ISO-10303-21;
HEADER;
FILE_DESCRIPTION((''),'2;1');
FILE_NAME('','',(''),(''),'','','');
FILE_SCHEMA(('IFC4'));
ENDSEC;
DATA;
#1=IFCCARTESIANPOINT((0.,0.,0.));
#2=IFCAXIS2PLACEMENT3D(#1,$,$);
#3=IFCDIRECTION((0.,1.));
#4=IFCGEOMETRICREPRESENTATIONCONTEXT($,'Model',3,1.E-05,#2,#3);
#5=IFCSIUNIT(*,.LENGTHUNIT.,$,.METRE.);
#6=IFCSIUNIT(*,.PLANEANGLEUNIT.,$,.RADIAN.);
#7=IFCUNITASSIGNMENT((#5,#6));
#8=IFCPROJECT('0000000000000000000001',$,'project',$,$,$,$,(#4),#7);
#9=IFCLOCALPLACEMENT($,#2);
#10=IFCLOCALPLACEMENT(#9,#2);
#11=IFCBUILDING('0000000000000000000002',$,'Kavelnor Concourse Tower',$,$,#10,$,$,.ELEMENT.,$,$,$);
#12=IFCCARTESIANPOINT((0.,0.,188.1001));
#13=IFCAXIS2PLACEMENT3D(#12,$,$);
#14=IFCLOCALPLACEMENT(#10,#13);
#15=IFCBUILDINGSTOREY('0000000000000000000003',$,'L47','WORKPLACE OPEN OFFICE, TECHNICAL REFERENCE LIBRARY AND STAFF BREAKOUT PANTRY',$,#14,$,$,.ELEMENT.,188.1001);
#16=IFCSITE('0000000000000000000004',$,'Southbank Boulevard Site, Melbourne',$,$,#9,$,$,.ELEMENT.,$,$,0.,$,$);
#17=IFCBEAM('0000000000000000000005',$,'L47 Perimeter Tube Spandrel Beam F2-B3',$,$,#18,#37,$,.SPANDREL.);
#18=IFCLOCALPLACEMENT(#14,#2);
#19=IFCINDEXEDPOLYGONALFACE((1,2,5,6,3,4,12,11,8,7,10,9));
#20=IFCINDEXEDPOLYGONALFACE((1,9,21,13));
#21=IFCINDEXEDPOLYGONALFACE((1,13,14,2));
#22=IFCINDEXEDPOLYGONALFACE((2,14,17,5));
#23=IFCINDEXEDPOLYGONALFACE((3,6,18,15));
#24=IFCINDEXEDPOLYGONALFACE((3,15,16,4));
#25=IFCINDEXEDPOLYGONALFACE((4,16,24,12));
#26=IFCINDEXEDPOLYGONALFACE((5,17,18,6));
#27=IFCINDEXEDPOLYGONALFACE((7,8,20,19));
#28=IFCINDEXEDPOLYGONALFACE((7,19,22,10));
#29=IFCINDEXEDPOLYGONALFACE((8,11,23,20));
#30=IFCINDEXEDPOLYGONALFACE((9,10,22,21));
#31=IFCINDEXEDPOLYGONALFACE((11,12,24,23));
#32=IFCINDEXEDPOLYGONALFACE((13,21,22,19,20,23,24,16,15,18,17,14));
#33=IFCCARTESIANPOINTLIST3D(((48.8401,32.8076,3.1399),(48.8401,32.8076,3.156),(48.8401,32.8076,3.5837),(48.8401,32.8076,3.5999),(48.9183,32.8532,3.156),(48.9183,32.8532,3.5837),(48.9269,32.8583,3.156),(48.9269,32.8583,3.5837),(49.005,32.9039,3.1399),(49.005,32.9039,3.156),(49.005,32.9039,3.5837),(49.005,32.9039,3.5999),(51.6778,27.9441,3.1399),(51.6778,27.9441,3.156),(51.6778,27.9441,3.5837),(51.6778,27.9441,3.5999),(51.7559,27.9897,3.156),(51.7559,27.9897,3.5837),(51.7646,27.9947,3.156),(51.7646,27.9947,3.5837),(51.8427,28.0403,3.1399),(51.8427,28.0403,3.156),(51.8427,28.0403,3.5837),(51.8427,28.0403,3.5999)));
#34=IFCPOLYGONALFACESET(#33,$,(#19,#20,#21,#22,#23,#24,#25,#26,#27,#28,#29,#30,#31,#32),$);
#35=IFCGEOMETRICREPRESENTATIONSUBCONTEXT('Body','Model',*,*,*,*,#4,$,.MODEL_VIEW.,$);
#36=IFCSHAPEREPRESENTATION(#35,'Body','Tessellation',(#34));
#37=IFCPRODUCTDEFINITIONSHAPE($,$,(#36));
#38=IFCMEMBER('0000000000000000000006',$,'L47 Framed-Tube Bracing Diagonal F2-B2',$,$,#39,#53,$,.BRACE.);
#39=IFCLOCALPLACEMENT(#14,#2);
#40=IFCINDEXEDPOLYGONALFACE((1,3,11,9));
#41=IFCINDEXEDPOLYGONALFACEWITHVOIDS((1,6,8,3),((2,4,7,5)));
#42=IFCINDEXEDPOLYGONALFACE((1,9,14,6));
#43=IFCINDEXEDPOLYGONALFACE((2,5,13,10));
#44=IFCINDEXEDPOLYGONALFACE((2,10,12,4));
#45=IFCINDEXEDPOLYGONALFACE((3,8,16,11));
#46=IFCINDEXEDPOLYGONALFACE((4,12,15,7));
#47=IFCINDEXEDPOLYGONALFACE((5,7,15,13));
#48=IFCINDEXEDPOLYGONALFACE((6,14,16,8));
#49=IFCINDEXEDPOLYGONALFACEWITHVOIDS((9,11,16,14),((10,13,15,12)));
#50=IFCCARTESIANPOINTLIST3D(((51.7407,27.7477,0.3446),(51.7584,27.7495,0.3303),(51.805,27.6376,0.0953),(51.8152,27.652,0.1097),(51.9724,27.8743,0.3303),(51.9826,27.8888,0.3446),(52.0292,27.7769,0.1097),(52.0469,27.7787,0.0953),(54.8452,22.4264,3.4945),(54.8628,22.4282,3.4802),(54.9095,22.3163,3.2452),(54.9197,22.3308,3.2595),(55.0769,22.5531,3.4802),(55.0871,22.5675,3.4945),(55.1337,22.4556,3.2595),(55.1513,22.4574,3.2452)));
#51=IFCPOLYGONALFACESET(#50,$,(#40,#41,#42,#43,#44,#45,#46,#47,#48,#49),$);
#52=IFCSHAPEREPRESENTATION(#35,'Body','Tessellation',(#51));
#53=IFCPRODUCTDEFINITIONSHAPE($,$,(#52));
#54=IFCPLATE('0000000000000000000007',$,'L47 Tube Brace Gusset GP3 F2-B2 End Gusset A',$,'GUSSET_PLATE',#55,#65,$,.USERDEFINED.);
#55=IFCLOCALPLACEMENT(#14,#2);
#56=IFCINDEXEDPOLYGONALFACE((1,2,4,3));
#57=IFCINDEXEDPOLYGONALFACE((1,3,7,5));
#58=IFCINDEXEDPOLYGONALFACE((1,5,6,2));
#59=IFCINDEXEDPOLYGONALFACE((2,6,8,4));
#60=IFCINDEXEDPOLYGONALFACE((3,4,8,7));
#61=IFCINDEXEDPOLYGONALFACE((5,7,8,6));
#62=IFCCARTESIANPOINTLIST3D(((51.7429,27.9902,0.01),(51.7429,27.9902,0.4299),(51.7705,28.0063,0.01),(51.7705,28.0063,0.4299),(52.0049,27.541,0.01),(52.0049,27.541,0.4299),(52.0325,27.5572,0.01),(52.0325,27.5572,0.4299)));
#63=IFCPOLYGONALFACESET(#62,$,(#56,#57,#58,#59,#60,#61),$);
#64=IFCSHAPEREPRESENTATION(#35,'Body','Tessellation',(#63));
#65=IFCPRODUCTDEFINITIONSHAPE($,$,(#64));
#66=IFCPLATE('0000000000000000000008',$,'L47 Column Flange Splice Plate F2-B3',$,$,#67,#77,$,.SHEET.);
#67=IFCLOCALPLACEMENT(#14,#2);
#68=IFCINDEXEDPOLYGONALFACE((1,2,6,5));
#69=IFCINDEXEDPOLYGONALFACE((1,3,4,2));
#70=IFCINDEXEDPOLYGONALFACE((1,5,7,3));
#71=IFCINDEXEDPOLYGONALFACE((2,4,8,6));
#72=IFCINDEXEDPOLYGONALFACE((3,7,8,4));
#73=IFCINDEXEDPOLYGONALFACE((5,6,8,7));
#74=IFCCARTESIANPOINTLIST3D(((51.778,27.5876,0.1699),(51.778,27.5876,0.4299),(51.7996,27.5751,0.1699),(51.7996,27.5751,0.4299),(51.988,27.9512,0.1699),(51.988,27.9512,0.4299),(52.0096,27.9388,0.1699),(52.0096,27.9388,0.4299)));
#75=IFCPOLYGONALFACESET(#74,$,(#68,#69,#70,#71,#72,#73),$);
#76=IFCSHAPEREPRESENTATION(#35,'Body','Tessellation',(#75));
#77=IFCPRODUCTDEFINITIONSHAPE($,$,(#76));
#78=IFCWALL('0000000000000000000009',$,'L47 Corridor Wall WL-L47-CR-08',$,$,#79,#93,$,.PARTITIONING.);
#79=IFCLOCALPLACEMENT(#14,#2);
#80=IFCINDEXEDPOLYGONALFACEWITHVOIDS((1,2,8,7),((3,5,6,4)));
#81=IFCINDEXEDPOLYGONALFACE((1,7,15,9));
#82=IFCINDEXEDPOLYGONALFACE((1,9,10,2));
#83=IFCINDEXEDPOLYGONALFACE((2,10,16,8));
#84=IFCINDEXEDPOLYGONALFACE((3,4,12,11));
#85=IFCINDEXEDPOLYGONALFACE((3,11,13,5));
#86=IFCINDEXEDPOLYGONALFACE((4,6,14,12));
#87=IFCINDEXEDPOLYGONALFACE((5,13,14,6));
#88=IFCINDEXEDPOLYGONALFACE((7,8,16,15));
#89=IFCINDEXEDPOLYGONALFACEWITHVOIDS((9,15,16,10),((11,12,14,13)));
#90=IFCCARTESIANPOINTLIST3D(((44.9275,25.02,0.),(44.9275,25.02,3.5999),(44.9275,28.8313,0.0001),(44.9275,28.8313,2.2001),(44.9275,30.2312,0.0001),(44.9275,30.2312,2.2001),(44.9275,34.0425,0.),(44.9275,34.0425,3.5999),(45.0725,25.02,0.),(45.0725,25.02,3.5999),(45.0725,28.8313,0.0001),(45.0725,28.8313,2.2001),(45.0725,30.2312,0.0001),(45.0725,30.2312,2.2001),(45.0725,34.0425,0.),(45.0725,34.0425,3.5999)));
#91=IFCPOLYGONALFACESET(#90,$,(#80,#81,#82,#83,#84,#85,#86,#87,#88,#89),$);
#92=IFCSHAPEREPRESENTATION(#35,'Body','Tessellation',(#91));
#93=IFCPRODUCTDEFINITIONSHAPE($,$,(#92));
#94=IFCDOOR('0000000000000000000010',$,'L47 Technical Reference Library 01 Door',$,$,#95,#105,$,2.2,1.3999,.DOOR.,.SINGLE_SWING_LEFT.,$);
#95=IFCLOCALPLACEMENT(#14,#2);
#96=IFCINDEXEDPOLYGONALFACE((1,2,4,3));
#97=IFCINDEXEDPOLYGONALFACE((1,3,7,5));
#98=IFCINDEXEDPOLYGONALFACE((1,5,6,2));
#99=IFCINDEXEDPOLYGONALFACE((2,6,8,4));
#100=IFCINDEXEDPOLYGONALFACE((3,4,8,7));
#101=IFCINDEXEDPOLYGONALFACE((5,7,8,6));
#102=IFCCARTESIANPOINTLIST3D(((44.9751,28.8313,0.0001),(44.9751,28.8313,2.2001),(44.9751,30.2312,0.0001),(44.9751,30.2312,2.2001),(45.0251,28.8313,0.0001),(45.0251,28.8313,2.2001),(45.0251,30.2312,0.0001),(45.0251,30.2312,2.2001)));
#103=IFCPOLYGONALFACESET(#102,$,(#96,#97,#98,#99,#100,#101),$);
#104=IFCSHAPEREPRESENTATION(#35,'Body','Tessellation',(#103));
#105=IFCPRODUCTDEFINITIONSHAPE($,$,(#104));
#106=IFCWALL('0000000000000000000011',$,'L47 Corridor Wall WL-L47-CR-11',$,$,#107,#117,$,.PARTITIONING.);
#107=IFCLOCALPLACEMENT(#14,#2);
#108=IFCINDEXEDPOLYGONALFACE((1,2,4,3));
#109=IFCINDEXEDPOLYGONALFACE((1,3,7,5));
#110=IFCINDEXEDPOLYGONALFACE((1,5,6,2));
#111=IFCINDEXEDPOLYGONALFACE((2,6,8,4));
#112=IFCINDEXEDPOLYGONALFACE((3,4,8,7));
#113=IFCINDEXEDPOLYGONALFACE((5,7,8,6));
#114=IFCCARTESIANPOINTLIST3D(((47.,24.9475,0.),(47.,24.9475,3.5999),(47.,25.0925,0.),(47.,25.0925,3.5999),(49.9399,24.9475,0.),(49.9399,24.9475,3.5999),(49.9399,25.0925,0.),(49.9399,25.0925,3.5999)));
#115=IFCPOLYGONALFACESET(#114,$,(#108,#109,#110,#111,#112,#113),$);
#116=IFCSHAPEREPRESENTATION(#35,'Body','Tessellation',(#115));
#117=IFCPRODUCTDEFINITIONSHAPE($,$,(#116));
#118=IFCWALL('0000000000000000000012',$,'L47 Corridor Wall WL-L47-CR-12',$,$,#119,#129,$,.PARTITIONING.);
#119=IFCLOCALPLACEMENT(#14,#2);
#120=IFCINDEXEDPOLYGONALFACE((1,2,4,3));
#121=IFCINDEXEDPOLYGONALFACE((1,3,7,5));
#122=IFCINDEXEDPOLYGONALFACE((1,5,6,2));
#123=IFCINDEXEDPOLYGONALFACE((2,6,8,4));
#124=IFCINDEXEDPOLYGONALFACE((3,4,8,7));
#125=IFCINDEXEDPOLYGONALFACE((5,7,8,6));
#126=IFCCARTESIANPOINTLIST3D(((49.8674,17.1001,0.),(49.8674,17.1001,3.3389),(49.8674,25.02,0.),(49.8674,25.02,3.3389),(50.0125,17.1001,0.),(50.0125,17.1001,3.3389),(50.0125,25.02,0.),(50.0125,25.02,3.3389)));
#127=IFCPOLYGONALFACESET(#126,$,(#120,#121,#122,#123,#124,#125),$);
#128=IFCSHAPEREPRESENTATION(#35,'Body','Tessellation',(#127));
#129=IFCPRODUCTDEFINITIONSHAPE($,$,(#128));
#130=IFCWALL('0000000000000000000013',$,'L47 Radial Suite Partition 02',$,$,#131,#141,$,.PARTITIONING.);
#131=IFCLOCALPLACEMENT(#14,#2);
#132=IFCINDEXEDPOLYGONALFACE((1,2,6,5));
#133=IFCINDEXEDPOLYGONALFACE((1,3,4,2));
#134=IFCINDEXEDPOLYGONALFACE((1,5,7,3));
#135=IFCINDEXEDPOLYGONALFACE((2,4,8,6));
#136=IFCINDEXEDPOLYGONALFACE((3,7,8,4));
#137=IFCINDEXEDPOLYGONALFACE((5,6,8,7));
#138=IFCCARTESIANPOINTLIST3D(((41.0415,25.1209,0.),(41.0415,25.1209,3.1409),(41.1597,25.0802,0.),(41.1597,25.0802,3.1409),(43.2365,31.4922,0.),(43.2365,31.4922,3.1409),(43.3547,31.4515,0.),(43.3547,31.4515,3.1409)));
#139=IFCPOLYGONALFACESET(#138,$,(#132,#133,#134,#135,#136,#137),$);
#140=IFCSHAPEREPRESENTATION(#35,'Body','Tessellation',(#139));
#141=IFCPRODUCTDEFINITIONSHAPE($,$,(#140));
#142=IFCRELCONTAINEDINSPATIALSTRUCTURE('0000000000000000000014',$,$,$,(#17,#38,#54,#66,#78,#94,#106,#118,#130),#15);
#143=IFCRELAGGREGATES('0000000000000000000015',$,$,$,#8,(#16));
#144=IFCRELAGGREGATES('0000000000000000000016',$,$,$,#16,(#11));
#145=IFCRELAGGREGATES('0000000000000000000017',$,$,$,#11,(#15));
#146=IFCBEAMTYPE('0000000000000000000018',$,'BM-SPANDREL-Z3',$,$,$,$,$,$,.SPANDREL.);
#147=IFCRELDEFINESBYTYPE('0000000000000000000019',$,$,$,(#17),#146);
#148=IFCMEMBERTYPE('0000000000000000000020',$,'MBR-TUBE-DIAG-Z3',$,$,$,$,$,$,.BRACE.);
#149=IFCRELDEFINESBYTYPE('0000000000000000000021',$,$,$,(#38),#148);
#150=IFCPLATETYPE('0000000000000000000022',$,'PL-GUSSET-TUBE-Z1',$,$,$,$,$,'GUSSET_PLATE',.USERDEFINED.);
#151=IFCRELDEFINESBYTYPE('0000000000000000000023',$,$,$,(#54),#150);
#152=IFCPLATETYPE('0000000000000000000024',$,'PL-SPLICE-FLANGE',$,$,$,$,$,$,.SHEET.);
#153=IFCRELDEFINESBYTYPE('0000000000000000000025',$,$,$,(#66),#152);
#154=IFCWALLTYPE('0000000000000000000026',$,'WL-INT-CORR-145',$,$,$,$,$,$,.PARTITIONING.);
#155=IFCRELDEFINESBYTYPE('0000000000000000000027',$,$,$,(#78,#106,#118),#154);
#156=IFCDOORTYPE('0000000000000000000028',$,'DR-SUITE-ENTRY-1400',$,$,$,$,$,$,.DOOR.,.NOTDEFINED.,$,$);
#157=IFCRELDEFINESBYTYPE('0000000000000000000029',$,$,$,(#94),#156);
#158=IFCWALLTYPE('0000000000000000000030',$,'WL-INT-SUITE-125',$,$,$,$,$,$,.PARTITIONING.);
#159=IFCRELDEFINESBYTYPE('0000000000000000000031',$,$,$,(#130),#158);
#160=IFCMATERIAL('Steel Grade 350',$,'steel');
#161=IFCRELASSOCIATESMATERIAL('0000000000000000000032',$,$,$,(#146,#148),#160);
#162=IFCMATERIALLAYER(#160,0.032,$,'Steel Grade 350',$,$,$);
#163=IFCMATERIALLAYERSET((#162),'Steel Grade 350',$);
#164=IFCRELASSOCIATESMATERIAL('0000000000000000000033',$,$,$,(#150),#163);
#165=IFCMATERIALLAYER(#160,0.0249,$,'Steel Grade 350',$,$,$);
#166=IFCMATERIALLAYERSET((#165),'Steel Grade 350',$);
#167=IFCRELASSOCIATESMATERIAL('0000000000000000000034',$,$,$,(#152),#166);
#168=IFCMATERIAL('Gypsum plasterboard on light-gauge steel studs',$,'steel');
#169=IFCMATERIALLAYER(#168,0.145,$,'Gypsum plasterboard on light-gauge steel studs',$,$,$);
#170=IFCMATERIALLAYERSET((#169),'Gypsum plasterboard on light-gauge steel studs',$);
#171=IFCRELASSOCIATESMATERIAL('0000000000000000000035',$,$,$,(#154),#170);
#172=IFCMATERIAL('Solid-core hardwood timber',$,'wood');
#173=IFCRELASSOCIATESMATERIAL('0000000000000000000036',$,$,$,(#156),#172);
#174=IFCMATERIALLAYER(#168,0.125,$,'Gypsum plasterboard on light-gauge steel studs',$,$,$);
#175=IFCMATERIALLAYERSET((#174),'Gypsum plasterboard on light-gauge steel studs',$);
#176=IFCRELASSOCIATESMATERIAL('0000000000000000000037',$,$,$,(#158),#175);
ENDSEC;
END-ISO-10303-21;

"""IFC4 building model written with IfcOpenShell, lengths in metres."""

from ifc_helpers import new_model, si_unit, direction, frame, frame_2d, origin, origin_2d, place, context, subcontext, project, spatial, rectangle, hollow_rectangle, i_section, extrude, material, layer, layer_set, material_profile, profile_set, type_object, element, fill, save


model = new_model("IFC4")

# Units and contexts
model_context = context("Model", 3, precision=1e-05, world=origin(), true_north=direction((0.0, 1.0)))
body_context = subcontext(model_context, "Body", "Model", "MODEL_VIEW")
ifc_project = project(units=[si_unit("LENGTHUNIT", "METRE"), si_unit("PLANEANGLEUNIT", "RADIAN")], contexts=[model_context])

# Site, building, storey
site_placement = place(None, origin())
site = spatial("IfcSite", under=ifc_project, at=site_placement, Name="Southbank Boulevard Site, Melbourne", CompositionType="ELEMENT", RefElevation=0.0)
building_placement = place(site_placement, origin())
building = spatial("IfcBuilding", under=site, at=building_placement, Name="Kavelnor Concourse Tower", CompositionType="ELEMENT")
storey_placement = place(building_placement, frame((0.0, 0.0, 188.1001)))
storey = spatial("IfcBuildingStorey", under=building, at=storey_placement, Name="L47", Description="WORKPLACE OPEN OFFICE, TECHNICAL REFERENCE LIBRARY AND STAFF BREAKOUT PANTRY", CompositionType="ELEMENT", Elevation=188.1001)

# Shared definitions
ifc_material_1 = material(Name="Steel Grade 350", Category="steel")

# Beam
ifc_material_profile_1 = material_profile(ifc_material_1, i_section(OverallWidth=0.1909, OverallDepth=0.46, WebThickness=0.01, FlangeThickness=0.0161, at=origin_2d()), Name="460UB82")
ifc_profile_set_1 = profile_set([ifc_material_profile_1], Name="Steel Grade 350")
beam_type_1 = type_object("IfcBeamType", Name="BM-SPANDREL-Z3", PredefinedType="SPANDREL", material=ifc_profile_set_1)
beam_1_placement = place(storey_placement, frame((51.7603, 27.9922, 3.3699), z_axis=(-0.503949, 0.863733, 0.0), x_axis=(-0.863733, -0.503949, 0.0)))
element("IfcBeam", 1, at=beam_1_placement, inside=storey, type_object=beam_type_1, Name="L47 Perimeter Tube Spandrel Beam F2-B3", PredefinedType="SPANDREL", context=body_context, shape_type="SweptSolid", body=[
    extrude(i_section(OverallWidth=0.1909, OverallDepth=0.46, WebThickness=0.01, FlangeThickness=0.0161, at=origin_2d()), origin(), (0.0, 0.0, 1.0), 5.6309),
])

# Member
ifc_material_profile_2 = material_profile(ifc_material_1, hollow_rectangle(XDim=0.28, YDim=0.28, WallThickness=0.0161, at=origin_2d()), Name="SHS 280x280x16")
ifc_profile_set_2 = profile_set([ifc_material_profile_2], Name="Steel Grade 350")
member_type = type_object("IfcMemberType", Name="MBR-TUBE-DIAG-Z3", PredefinedType="BRACE", material=ifc_profile_set_2)
member_placement = place(storey_placement, frame((51.8938, 27.7632, 0.22), z_axis=(0.448675, -0.769057, 0.455238), x_axis=(0.86375, 0.50392, 0.0)))
element("IfcMember", 2, at=member_placement, inside=storey, type_object=member_type, Name="L47 Framed-Tube Bracing Diagonal F2-B2", PredefinedType="BRACE", context=body_context, shape_type="SweptSolid", body=[
    extrude(hollow_rectangle(XDim=0.28, YDim=0.28, WallThickness=0.0161, at=origin_2d()), origin(), (0.0, 0.0, 1.0), 6.9192),
])

# Plates
ifc_layer_1 = layer(ifc_material_1, 0.032, Name="Steel Grade 350")
ifc_layer_set_1 = layer_set([ifc_layer_1], Name="Steel Grade 350")
plate_type_1 = type_object("IfcPlateType", Name="PL-GUSSET-TUBE-Z1", ElementType="GUSSET_PLATE", PredefinedType="USERDEFINED", material=ifc_layer_set_1)
plate_1_placement = place(storey_placement, frame((51.8877, 27.7737, 0.01), z_axis=(0.0, 0.0, 1.0), x_axis=(0.503925, -0.863748, 0.0)))
element("IfcPlate", 3, at=plate_1_placement, inside=storey, type_object=plate_type_1, Name="L47 Tube Brace Gusset GP3 F2-B2 End Gusset A", ObjectType="GUSSET_PLATE", PredefinedType="USERDEFINED", context=body_context, shape_type="SweptSolid", body=[
    extrude(rectangle(XDim=0.52, YDim=0.032, at=origin_2d()), origin(), (0.0, 0.0, 1.0), 0.4199),
])
ifc_layer_2 = layer(ifc_material_1, 0.0249, Name="Steel Grade 350")
ifc_layer_set_2 = layer_set([ifc_layer_2], Name="Steel Grade 350")
plate_type_2 = type_object("IfcPlateType", Name="PL-SPLICE-FLANGE", PredefinedType="SHEET", material=ifc_layer_set_2)
plate_2_placement = place(storey_placement, frame((51.8938, 27.7632, 0.1699), z_axis=(0.0, 0.0, 1.0), x_axis=(-0.5, -0.866025, 0.0)))
element("IfcPlate", 4, at=plate_2_placement, inside=storey, type_object=plate_type_2, Name="L47 Column Flange Splice Plate F2-B3", PredefinedType="SHEET", context=body_context, shape_type="SweptSolid", body=[
    extrude(rectangle(XDim=0.4199, YDim=0.0249, at=origin_2d()), origin(), (0.0, 0.0, 1.0), 0.26),
])

# Wall, opening, door
ifc_material_2 = material(Name="Gypsum plasterboard on light-gauge steel studs", Category="steel")
ifc_layer_3 = layer(ifc_material_2, 0.145, Name="Gypsum plasterboard on light-gauge steel studs")
ifc_layer_set_3 = layer_set([ifc_layer_3], Name="Gypsum plasterboard on light-gauge steel studs")
wall_type_1 = type_object("IfcWallType", Name="WL-INT-CORR-145", PredefinedType="PARTITIONING", material=ifc_layer_set_3)
wall_1_placement = place(storey_placement, frame((45.0, 25.02, 0.0), z_axis=(0.0, 0.0, 1.0), x_axis=(0.0, 1.0, 0.0)))
wall_1 = element("IfcWall", 5, at=wall_1_placement, inside=storey, type_object=wall_type_1, Name="L47 Corridor Wall WL-L47-CR-08", PredefinedType="PARTITIONING", context=body_context, shape_type="SweptSolid", body=[
    extrude(rectangle(XDim=9.0225, YDim=0.145, at=frame_2d((4.5112, 0.0))), origin(), (0.0, 0.0, 1.0), 3.5999),
])
opening_placement = place(wall_1_placement, frame((3.8113, 0.0, 0.0)))
opening = element("IfcOpeningElement", 6, at=opening_placement, cuts=wall_1, PredefinedType="OPENING", context=body_context, shape_type="SweptSolid", body=[
    extrude(rectangle(XDim=1.3999, YDim=2.2, at=frame_2d((0.7, 1.1001))), frame((0.0, 0.0825, 0.0), z_axis=(0.0, -1.0, 0.0), x_axis=(1.0, 0.0, 0.0)), (0.0, 0.0, 1.0), 0.165),
])
ifc_material_3 = material(Name="Solid-core hardwood timber", Category="wood")
door_type = type_object("IfcDoorType", Name="DR-SUITE-ENTRY-1400", OperationType="NOTDEFINED", PredefinedType="DOOR", material=ifc_material_3)
door_placement = place(opening_placement, origin())
door = element("IfcDoor", 7, at=door_placement, inside=storey, type_object=door_type, Name="L47 Technical Reference Library 01 Door", OperationType="SINGLE_SWING_LEFT", OverallHeight=2.2, OverallWidth=1.3999, PredefinedType="DOOR", context=body_context, shape_type="SweptSolid", body=[
    extrude(rectangle(XDim=1.3999, YDim=2.2, at=frame_2d((0.7, 1.1001))), frame((0.0, 0.0249, 0.0), z_axis=(0.0, -1.0, 0.0), x_axis=(1.0, 0.0, 0.0)), (0.0, 0.0, 1.0), 0.05),
])
fill(opening, door)

# Walls
wall_2_placement = place(storey_placement, frame((47.0, 25.02, 0.0), z_axis=(0.0, 0.0, 1.0), x_axis=(1.0, 0.0, 0.0)))
element("IfcWall", 8, at=wall_2_placement, inside=storey, type_object=wall_type_1, Name="L47 Corridor Wall WL-L47-CR-11", PredefinedType="PARTITIONING", context=body_context, shape_type="SweptSolid", body=[
    extrude(rectangle(XDim=2.9399, YDim=0.145, at=frame_2d((1.47, 0.0))), origin(), (0.0, 0.0, 1.0), 3.5999),
])
wall_3_placement = place(storey_placement, frame((49.9399, 25.02, 0.0), z_axis=(0.0, 0.0, 1.0), x_axis=(0.0, -1.0, 0.0)))
element("IfcWall", 9, at=wall_3_placement, inside=storey, type_object=wall_type_1, Name="L47 Corridor Wall WL-L47-CR-12", PredefinedType="PARTITIONING", context=body_context, shape_type="SweptSolid", body=[
    extrude(rectangle(XDim=7.9199, YDim=0.145, at=frame_2d((3.96, 0.0))), origin(), (0.0, 0.0, 1.0), 3.3389),
])
ifc_layer_4 = layer(ifc_material_2, 0.125, Name="Gypsum plasterboard on light-gauge steel studs")
ifc_layer_set_4 = layer_set([ifc_layer_4], Name="Gypsum plasterboard on light-gauge steel studs")
wall_type_2 = type_object("IfcWallType", Name="WL-INT-SUITE-125", PredefinedType="PARTITIONING", material=ifc_layer_set_4)
wall_4_placement = place(storey_placement, frame((41.1006, 25.1006, 0.0), z_axis=(0.0, 0.0, 1.0), x_axis=(0.325733, 0.945462, 0.0)))
element("IfcWall", 10, at=wall_4_placement, inside=storey, type_object=wall_type_2, Name="L47 Radial Suite Partition 02", PredefinedType="PARTITIONING", context=body_context, shape_type="SweptSolid", body=[
    extrude(rectangle(XDim=6.7388, YDim=0.125, at=frame_2d((3.3694, 0.0))), origin(), (0.0, 0.0, 1.0), 3.1409),
])

save(model, "model.ifc")
